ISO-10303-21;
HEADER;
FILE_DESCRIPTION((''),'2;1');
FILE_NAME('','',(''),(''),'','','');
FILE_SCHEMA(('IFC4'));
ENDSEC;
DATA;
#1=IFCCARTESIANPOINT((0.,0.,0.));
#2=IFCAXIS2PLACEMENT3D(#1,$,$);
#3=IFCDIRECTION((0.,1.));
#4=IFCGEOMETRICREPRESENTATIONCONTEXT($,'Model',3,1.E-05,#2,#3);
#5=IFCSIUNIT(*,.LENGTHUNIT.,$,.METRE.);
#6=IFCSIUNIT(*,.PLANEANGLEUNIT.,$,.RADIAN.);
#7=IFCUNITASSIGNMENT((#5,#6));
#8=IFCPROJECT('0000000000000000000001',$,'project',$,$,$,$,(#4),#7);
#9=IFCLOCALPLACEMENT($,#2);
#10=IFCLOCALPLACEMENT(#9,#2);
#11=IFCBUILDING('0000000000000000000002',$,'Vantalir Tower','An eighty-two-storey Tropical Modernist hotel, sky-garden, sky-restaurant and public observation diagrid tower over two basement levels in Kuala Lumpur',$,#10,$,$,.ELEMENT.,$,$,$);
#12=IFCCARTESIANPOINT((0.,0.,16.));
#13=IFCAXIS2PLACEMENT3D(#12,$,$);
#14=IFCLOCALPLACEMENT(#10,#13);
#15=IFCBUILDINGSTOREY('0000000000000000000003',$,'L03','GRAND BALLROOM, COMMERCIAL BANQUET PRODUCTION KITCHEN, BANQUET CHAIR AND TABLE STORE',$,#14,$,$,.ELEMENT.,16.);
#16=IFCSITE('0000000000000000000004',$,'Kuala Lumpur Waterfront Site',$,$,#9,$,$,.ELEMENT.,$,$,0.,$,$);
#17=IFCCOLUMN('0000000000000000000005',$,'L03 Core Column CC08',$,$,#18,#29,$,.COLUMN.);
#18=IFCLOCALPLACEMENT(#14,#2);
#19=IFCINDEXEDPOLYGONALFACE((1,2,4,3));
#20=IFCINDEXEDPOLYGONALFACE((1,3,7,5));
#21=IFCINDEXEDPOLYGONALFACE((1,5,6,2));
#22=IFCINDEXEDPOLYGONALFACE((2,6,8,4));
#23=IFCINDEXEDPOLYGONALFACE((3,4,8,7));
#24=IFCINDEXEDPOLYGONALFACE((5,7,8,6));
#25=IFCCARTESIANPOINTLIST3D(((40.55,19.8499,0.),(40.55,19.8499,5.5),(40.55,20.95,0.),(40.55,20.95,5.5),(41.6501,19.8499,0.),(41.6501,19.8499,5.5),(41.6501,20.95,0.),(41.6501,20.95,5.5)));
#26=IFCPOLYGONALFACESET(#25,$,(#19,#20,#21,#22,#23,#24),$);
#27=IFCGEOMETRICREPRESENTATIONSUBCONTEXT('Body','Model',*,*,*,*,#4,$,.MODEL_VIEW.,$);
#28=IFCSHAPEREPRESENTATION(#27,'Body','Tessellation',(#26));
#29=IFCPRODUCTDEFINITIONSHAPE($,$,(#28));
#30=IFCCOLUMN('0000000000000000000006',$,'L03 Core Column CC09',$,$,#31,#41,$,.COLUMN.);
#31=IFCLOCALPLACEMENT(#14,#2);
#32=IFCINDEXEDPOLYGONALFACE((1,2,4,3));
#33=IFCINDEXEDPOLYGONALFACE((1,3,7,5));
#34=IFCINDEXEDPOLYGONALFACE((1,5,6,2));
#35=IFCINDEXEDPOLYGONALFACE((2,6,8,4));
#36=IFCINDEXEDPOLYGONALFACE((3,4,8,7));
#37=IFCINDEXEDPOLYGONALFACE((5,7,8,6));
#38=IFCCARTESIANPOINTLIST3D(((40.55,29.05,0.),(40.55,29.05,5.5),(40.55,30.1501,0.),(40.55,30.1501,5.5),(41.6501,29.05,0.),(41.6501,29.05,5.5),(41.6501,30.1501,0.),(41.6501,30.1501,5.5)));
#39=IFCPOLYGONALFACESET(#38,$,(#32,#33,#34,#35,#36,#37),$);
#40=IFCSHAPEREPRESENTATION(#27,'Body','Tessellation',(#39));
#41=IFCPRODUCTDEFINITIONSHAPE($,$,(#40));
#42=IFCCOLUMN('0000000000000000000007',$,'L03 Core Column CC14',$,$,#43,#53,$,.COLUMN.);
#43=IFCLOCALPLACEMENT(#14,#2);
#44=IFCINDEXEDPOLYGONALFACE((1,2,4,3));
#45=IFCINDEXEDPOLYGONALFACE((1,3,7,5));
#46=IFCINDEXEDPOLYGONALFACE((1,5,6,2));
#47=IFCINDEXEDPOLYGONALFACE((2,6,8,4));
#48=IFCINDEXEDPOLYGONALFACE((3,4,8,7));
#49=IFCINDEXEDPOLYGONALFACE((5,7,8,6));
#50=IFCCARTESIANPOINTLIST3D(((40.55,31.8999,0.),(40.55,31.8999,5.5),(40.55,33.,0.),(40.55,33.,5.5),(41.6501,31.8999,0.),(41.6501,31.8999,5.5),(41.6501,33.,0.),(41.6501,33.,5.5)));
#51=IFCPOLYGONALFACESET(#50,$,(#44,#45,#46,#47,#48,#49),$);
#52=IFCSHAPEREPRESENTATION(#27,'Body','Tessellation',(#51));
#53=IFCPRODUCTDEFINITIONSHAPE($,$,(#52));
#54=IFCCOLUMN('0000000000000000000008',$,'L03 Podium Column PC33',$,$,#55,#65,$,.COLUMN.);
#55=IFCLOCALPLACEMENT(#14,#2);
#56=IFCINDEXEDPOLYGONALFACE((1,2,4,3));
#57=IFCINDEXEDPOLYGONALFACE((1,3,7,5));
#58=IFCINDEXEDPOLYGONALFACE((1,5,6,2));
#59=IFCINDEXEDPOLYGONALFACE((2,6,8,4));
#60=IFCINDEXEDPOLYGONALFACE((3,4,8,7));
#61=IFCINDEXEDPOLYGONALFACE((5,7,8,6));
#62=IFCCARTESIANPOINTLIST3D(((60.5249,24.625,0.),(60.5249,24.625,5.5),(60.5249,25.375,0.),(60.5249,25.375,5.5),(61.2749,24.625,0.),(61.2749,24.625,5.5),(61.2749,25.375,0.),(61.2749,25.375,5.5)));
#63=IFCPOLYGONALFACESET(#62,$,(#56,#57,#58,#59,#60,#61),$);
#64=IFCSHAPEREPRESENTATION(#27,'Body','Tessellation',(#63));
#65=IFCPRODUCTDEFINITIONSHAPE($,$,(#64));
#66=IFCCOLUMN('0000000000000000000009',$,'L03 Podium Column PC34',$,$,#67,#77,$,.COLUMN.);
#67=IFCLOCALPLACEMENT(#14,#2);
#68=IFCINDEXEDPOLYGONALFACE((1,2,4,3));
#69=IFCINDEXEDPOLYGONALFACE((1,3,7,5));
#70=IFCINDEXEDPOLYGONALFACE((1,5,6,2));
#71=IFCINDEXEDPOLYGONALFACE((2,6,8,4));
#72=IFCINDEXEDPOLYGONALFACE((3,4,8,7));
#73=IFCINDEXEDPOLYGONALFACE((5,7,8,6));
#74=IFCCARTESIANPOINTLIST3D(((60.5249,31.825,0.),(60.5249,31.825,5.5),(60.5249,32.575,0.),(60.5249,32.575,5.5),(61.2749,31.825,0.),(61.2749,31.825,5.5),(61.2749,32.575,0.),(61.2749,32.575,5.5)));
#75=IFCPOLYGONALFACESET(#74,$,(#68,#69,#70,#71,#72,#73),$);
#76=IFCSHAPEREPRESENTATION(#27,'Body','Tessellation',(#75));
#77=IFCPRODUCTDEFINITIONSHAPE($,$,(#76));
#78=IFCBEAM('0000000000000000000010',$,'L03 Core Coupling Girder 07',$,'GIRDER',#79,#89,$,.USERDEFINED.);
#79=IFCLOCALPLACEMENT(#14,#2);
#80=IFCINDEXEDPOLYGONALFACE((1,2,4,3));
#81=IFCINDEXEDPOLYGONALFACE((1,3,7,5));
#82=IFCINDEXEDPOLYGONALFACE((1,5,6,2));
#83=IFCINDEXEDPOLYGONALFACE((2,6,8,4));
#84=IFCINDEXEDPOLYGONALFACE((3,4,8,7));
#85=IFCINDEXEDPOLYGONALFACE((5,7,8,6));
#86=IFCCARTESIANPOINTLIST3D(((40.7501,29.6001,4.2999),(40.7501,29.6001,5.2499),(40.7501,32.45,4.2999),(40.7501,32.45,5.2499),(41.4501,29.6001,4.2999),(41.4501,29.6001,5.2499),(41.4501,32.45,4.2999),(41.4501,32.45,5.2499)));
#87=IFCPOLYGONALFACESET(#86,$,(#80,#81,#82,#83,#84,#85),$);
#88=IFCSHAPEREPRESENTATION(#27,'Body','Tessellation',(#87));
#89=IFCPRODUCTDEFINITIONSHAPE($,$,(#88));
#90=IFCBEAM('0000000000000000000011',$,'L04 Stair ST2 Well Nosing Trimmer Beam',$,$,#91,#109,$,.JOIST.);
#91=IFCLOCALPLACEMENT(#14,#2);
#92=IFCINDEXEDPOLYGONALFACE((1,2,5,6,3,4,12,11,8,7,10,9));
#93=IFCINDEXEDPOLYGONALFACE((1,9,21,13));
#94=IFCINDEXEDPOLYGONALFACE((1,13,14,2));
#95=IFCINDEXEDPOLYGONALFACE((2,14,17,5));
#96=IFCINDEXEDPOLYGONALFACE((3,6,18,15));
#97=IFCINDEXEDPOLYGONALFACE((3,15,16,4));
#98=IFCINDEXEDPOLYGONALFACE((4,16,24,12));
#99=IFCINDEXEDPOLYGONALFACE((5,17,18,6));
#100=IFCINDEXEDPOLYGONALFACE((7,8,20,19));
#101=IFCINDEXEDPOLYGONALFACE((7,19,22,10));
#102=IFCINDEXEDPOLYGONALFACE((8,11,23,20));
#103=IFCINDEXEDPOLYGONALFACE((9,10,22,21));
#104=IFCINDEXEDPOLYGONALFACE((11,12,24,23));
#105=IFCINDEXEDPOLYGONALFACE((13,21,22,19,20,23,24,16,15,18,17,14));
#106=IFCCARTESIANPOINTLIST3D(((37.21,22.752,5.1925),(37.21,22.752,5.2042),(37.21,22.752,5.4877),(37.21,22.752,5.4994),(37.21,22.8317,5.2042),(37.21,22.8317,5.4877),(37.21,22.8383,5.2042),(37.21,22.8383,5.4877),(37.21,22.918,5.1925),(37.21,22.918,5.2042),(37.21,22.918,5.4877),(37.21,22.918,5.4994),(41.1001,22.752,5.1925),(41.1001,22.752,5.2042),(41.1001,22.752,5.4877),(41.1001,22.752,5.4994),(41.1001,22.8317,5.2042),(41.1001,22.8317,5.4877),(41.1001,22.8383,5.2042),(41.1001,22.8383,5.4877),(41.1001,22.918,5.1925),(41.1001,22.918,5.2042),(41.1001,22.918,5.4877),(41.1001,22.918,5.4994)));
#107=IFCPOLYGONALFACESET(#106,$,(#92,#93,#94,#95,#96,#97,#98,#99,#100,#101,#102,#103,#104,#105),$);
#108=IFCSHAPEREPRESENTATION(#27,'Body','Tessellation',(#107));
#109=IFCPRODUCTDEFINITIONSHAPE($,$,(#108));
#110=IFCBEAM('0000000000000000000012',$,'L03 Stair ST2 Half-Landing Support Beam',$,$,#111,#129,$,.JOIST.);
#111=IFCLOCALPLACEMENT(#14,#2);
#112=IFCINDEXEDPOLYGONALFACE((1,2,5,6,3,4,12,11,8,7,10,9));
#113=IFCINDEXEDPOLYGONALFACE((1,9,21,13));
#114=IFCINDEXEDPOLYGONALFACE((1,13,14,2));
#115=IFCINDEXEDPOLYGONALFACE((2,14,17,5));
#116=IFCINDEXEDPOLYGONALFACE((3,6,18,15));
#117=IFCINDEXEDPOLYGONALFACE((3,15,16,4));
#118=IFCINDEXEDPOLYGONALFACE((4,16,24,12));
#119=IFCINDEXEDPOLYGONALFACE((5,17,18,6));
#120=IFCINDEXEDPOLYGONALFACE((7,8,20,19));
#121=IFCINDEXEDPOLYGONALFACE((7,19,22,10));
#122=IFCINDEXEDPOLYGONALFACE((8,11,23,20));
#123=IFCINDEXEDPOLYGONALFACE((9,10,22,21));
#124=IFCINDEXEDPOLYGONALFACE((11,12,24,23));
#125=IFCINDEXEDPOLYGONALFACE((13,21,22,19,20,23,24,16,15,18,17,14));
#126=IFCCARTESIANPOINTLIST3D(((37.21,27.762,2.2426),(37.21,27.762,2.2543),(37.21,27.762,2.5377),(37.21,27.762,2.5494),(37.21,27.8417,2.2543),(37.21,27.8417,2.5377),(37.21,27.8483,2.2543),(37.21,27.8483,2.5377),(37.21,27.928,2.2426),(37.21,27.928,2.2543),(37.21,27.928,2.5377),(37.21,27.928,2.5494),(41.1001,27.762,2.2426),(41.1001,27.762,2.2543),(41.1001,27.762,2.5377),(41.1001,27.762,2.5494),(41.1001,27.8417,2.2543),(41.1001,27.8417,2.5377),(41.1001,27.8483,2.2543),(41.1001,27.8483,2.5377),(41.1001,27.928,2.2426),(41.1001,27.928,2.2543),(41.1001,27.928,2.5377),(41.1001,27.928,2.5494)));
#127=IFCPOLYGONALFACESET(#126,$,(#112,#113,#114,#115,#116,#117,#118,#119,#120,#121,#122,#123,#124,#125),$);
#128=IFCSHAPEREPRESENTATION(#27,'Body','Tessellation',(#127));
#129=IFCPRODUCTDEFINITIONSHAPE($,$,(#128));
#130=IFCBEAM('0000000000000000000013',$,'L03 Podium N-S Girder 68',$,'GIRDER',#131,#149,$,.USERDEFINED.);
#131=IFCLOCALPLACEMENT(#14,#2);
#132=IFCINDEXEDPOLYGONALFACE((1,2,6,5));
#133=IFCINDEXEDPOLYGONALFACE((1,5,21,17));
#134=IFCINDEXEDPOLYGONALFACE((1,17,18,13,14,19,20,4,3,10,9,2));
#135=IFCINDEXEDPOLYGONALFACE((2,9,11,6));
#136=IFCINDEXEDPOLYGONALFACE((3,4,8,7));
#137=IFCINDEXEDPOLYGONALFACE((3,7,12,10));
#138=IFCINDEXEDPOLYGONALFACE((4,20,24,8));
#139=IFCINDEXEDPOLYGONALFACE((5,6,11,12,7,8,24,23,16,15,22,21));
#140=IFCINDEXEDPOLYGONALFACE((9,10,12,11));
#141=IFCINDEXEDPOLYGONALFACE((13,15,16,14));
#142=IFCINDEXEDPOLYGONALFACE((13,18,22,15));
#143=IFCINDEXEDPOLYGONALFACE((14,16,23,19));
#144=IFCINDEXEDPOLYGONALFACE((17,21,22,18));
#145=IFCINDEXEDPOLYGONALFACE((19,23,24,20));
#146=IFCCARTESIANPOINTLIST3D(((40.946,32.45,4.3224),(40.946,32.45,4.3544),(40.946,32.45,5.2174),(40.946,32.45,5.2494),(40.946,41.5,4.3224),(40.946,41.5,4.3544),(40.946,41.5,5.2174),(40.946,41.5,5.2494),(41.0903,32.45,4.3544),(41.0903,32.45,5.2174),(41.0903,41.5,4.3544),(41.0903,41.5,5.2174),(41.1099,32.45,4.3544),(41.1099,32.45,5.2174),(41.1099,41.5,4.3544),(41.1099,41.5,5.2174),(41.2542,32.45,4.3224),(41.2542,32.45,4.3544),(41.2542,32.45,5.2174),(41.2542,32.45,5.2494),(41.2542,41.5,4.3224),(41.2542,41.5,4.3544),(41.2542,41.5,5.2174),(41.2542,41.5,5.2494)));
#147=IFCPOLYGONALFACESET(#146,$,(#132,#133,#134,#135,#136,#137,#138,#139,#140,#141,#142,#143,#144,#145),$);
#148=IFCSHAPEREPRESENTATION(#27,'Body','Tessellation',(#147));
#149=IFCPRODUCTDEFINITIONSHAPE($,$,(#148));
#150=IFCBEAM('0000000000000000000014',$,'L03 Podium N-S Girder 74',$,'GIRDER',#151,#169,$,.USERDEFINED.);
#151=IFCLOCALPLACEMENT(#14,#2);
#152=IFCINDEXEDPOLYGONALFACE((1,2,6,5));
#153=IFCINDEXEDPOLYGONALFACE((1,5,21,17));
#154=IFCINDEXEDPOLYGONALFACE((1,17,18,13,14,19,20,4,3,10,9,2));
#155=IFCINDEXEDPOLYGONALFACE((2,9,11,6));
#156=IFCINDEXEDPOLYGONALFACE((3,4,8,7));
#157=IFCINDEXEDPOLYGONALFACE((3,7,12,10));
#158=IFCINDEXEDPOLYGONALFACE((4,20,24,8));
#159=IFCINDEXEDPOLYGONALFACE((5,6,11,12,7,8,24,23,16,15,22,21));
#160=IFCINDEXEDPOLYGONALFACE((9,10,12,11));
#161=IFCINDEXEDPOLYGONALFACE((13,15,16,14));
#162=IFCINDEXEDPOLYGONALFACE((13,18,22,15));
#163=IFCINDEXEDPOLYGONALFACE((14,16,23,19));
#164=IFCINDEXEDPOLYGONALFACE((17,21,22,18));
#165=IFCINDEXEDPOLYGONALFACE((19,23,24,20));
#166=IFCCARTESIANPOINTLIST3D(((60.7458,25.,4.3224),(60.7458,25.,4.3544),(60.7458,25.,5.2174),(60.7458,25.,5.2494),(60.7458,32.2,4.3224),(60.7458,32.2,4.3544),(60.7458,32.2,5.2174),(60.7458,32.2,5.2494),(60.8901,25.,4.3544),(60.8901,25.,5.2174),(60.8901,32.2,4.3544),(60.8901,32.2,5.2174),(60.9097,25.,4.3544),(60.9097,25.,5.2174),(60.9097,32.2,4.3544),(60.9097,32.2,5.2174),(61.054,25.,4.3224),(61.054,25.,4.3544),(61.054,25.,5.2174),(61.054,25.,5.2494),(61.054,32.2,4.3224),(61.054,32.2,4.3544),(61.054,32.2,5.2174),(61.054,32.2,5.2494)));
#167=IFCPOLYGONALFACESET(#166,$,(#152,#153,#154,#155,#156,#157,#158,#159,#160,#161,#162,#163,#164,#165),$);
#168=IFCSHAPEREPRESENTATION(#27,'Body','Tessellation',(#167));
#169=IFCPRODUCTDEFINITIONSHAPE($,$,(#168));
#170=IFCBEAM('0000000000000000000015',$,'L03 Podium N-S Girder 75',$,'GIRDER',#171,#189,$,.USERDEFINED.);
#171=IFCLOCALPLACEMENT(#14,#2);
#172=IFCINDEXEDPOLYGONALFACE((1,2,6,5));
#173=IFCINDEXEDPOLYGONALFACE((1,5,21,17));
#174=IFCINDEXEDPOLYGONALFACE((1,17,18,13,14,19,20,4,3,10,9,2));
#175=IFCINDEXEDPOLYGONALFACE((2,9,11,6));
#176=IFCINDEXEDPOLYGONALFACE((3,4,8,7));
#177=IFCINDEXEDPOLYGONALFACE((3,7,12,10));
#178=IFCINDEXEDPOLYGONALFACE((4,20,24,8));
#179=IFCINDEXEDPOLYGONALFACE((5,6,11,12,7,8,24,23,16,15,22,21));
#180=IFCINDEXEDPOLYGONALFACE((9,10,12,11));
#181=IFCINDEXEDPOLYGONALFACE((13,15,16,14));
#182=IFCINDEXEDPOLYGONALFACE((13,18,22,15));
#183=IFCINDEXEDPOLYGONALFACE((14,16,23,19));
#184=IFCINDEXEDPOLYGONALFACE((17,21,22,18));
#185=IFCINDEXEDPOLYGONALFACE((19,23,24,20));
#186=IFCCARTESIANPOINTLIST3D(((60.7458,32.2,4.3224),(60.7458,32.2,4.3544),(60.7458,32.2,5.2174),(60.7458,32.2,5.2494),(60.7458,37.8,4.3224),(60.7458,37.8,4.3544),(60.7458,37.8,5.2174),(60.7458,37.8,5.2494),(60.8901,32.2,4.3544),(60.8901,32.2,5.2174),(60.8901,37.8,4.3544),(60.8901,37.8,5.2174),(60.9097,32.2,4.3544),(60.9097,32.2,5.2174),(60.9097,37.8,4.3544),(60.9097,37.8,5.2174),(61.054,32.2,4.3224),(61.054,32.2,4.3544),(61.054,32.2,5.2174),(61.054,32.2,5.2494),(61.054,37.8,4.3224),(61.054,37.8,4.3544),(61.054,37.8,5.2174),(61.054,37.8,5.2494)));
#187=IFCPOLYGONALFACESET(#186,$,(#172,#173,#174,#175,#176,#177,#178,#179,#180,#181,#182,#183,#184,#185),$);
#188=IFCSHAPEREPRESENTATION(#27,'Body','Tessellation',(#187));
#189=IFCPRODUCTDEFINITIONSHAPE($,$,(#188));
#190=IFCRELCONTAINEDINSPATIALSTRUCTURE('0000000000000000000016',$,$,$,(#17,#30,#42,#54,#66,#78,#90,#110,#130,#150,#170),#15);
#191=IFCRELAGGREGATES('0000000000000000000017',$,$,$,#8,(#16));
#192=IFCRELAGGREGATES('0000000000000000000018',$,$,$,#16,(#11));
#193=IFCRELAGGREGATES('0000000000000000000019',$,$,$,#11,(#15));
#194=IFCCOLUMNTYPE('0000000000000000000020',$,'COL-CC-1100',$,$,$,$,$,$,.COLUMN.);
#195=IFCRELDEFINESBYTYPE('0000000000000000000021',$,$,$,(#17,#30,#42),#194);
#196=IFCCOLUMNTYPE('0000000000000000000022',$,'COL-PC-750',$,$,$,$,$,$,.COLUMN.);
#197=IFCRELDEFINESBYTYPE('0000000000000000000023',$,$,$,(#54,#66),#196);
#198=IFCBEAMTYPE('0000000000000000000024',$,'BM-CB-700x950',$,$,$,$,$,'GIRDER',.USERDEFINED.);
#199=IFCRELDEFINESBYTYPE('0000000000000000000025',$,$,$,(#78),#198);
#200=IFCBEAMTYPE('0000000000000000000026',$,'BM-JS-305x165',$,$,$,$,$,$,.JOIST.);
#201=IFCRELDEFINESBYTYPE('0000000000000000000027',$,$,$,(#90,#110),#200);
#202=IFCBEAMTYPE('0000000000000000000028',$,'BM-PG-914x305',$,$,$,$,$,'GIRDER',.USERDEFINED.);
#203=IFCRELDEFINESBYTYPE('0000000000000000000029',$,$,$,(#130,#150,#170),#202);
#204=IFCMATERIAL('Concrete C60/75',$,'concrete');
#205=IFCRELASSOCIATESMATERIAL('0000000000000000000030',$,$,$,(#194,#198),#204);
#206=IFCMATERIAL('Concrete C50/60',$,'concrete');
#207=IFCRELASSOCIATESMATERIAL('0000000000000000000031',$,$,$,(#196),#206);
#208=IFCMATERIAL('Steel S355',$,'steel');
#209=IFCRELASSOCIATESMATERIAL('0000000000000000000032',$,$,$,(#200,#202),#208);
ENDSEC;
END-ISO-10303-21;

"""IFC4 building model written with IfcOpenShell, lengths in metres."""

from ifc_helpers import new_model, si_unit, direction, frame, origin, origin_2d, place, context, subcontext, project, spatial, rectangle, i_section, extrude, material, material_profile, profile_set, type_object, element, save


model = new_model("IFC4")

# Units and contexts
model_context = context("Model", 3, precision=1e-05, world=origin(), true_north=direction((0.0, 1.0)))
body_context = subcontext(model_context, "Body", "Model", "MODEL_VIEW")
ifc_project = project(units=[si_unit("LENGTHUNIT", "METRE"), si_unit("PLANEANGLEUNIT", "RADIAN")], contexts=[model_context])

# Site, building, storey
site_placement = place(None, origin())
site = spatial("IfcSite", under=ifc_project, at=site_placement, Name="Kuala Lumpur Waterfront Site", CompositionType="ELEMENT", RefElevation=0.0)
building_placement = place(site_placement, origin())
building = spatial("IfcBuilding", under=site, at=building_placement, Name="Vantalir Tower", Description="An eighty-two-storey Tropical Modernist hotel, sky-garden, sky-restaurant and public observation diagrid tower over two basement levels in Kuala Lumpur", CompositionType="ELEMENT")
storey_placement = place(building_placement, frame((0.0, 0.0, 16.0)))
storey = spatial("IfcBuildingStorey", under=building, at=storey_placement, Name="L03", Description="GRAND BALLROOM, COMMERCIAL BANQUET PRODUCTION KITCHEN, BANQUET CHAIR AND TABLE STORE", CompositionType="ELEMENT", Elevation=16.0)

# Columns
ifc_material_1 = material(Name="Concrete C60/75", Category="concrete")
ifc_material_profile_1 = material_profile(ifc_material_1, rectangle(XDim=1.1001, YDim=1.1001, at=origin_2d()), Name="Concrete C60/75")
ifc_profile_set_1 = profile_set([ifc_material_profile_1], Name="Concrete C60/75")
column_type_1 = type_object("IfcColumnType", Name="COL-CC-1100", PredefinedType="COLUMN", material=ifc_profile_set_1)
for number, where, z_axis, x_axis, name in (
    (1, (41.1001, 20.3999, 0.0), (0.0, 0.0, 1.0), (1.0, 0.0, 0.0), "L03 Core Column CC08"),
    (2, (41.1001, 29.6001, 0.0), (0.0, 0.0, 1.0), (1.0, 0.0, 0.0), "L03 Core Column CC09"),
    (3, (41.1001, 32.45, 0.0), (0.0, 0.0, 1.0), (1.0, 0.0, 0.0), "L03 Core Column CC14"),
):
    element("IfcColumn", number, at=place(storey_placement, frame(where, z_axis=z_axis, x_axis=x_axis)), inside=storey, type_object=column_type_1, Name=name, PredefinedType="COLUMN", context=body_context, shape_type="SweptSolid", body=[
        extrude(rectangle(XDim=1.1001, YDim=1.1001, at=origin_2d()), origin(), (0.0, 0.0, 1.0), 5.5),
    ])
ifc_material_2 = material(Name="Concrete C50/60", Category="concrete")
ifc_material_profile_2 = material_profile(ifc_material_2, rectangle(XDim=0.75, YDim=0.75, at=origin_2d()), Name="Concrete C50/60")
ifc_profile_set_2 = profile_set([ifc_material_profile_2], Name="Concrete C50/60")
column_type_2 = type_object("IfcColumnType", Name="COL-PC-750", PredefinedType="COLUMN", material=ifc_profile_set_2)
for number, where, z_axis, x_axis, name in (
    (4, (60.8999, 25.0, 0.0), (0.0, 0.0, 1.0), (1.0, 0.0, 0.0), "L03 Podium Column PC33"),
    (5, (60.8999, 32.2, 0.0), (0.0, 0.0, 1.0), (1.0, 0.0, 0.0), "L03 Podium Column PC34"),
):
    element("IfcColumn", number, at=place(storey_placement, frame(where, z_axis=z_axis, x_axis=x_axis)), inside=storey, type_object=column_type_2, Name=name, PredefinedType="COLUMN", context=body_context, shape_type="SweptSolid", body=[
        extrude(rectangle(XDim=0.75, YDim=0.75, at=origin_2d()), origin(), (0.0, 0.0, 1.0), 5.5),
    ])

# Beams
ifc_material_profile_3 = material_profile(ifc_material_1, rectangle(XDim=0.7, YDim=0.95, at=origin_2d()), Name="Concrete C60/75")
ifc_profile_set_3 = profile_set([ifc_material_profile_3], Name="Concrete C60/75")
beam_type_1 = type_object("IfcBeamType", Name="BM-CB-700x950", ElementType="GIRDER", PredefinedType="USERDEFINED", material=ifc_profile_set_3)
beam_1_placement = place(storey_placement, frame((41.1001, 29.6001, 4.7749), z_axis=(0.0, 1.0, 0.0), x_axis=(-1.0, 0.0, 0.0)))
element("IfcBeam", 6, at=beam_1_placement, inside=storey, type_object=beam_type_1, Name="L03 Core Coupling Girder 07", ObjectType="GIRDER", PredefinedType="USERDEFINED", context=body_context, shape_type="SweptSolid", body=[
    extrude(rectangle(XDim=0.7, YDim=0.95, at=origin_2d()), origin(), (0.0, 0.0, 1.0), 2.8499),
])
ifc_material_3 = material(Name="Steel S355", Category="steel")
ifc_material_profile_4 = material_profile(ifc_material_3, i_section(OverallWidth=0.166, OverallDepth=0.3069, WebThickness=0.0066, FlangeThickness=0.0117, at=origin_2d()), Name="Steel S355")
ifc_profile_set_4 = profile_set([ifc_material_profile_4], Name="Steel S355")
beam_type_2 = type_object("IfcBeamType", Name="BM-JS-305x165", PredefinedType="JOIST", material=ifc_profile_set_4)
for number, where, z_axis, x_axis, name in (
    (7, (37.21, 22.835, 5.3459), (1.0, 0.0, 0.0), (0.0, 1.0, 0.0), "L04 Stair ST2 Well Nosing Trimmer Beam"),
    (8, (37.21, 27.845, 2.396), (1.0, 0.0, 0.0), (0.0, 1.0, 0.0), "L03 Stair ST2 Half-Landing Support Beam"),
):
    element("IfcBeam", number, at=place(storey_placement, frame(where, z_axis=z_axis, x_axis=x_axis)), inside=storey, type_object=beam_type_2, Name=name, PredefinedType="JOIST", context=body_context, shape_type="SweptSolid", body=[
        extrude(i_section(OverallWidth=0.166, OverallDepth=0.3069, WebThickness=0.0066, FlangeThickness=0.0117, at=origin_2d()), origin(), (0.0, 0.0, 1.0), 3.8901),
    ])
ifc_material_profile_5 = material_profile(ifc_material_3, i_section(OverallWidth=0.3081, OverallDepth=0.927, WebThickness=0.0195, FlangeThickness=0.032, at=origin_2d()), Name="Steel S355")
ifc_profile_set_5 = profile_set([ifc_material_profile_5], Name="Steel S355")
beam_type_3 = type_object("IfcBeamType", Name="BM-PG-914x305", ElementType="GIRDER", PredefinedType="USERDEFINED", material=ifc_profile_set_5)
beam_2_placement = place(storey_placement, frame((41.1001, 32.45, 4.7859), z_axis=(0.0, 1.0, 0.0), x_axis=(-1.0, 0.0, 0.0)))
element("IfcBeam", 9, at=beam_2_placement, inside=storey, type_object=beam_type_3, Name="L03 Podium N-S Girder 68", ObjectType="GIRDER", PredefinedType="USERDEFINED", context=body_context, shape_type="SweptSolid", body=[
    extrude(i_section(OverallWidth=0.3081, OverallDepth=0.927, WebThickness=0.0195, FlangeThickness=0.032, at=origin_2d()), origin(), (0.0, 0.0, 1.0), 9.05),
])
beam_3_placement = place(storey_placement, frame((60.8999, 25.0, 4.7859), z_axis=(0.0, 1.0, 0.0), x_axis=(-1.0, 0.0, 0.0)))
element("IfcBeam", 10, at=beam_3_placement, inside=storey, type_object=beam_type_3, Name="L03 Podium N-S Girder 74", ObjectType="GIRDER", PredefinedType="USERDEFINED", context=body_context, shape_type="SweptSolid", body=[
    extrude(i_section(OverallWidth=0.3081, OverallDepth=0.927, WebThickness=0.0195, FlangeThickness=0.032, at=origin_2d()), origin(), (0.0, 0.0, 1.0), 7.2),
])
beam_4_placement = place(storey_placement, frame((60.8999, 32.2, 4.7859), z_axis=(0.0, 1.0, 0.0), x_axis=(-1.0, 0.0, 0.0)))
element("IfcBeam", 11, at=beam_4_placement, inside=storey, type_object=beam_type_3, Name="L03 Podium N-S Girder 75", ObjectType="GIRDER", PredefinedType="USERDEFINED", context=body_context, shape_type="SweptSolid", body=[
    extrude(i_section(OverallWidth=0.3081, OverallDepth=0.927, WebThickness=0.0195, FlangeThickness=0.032, at=origin_2d()), origin(), (0.0, 0.0, 1.0), 5.6001),
])

save(model, "model.ifc")
